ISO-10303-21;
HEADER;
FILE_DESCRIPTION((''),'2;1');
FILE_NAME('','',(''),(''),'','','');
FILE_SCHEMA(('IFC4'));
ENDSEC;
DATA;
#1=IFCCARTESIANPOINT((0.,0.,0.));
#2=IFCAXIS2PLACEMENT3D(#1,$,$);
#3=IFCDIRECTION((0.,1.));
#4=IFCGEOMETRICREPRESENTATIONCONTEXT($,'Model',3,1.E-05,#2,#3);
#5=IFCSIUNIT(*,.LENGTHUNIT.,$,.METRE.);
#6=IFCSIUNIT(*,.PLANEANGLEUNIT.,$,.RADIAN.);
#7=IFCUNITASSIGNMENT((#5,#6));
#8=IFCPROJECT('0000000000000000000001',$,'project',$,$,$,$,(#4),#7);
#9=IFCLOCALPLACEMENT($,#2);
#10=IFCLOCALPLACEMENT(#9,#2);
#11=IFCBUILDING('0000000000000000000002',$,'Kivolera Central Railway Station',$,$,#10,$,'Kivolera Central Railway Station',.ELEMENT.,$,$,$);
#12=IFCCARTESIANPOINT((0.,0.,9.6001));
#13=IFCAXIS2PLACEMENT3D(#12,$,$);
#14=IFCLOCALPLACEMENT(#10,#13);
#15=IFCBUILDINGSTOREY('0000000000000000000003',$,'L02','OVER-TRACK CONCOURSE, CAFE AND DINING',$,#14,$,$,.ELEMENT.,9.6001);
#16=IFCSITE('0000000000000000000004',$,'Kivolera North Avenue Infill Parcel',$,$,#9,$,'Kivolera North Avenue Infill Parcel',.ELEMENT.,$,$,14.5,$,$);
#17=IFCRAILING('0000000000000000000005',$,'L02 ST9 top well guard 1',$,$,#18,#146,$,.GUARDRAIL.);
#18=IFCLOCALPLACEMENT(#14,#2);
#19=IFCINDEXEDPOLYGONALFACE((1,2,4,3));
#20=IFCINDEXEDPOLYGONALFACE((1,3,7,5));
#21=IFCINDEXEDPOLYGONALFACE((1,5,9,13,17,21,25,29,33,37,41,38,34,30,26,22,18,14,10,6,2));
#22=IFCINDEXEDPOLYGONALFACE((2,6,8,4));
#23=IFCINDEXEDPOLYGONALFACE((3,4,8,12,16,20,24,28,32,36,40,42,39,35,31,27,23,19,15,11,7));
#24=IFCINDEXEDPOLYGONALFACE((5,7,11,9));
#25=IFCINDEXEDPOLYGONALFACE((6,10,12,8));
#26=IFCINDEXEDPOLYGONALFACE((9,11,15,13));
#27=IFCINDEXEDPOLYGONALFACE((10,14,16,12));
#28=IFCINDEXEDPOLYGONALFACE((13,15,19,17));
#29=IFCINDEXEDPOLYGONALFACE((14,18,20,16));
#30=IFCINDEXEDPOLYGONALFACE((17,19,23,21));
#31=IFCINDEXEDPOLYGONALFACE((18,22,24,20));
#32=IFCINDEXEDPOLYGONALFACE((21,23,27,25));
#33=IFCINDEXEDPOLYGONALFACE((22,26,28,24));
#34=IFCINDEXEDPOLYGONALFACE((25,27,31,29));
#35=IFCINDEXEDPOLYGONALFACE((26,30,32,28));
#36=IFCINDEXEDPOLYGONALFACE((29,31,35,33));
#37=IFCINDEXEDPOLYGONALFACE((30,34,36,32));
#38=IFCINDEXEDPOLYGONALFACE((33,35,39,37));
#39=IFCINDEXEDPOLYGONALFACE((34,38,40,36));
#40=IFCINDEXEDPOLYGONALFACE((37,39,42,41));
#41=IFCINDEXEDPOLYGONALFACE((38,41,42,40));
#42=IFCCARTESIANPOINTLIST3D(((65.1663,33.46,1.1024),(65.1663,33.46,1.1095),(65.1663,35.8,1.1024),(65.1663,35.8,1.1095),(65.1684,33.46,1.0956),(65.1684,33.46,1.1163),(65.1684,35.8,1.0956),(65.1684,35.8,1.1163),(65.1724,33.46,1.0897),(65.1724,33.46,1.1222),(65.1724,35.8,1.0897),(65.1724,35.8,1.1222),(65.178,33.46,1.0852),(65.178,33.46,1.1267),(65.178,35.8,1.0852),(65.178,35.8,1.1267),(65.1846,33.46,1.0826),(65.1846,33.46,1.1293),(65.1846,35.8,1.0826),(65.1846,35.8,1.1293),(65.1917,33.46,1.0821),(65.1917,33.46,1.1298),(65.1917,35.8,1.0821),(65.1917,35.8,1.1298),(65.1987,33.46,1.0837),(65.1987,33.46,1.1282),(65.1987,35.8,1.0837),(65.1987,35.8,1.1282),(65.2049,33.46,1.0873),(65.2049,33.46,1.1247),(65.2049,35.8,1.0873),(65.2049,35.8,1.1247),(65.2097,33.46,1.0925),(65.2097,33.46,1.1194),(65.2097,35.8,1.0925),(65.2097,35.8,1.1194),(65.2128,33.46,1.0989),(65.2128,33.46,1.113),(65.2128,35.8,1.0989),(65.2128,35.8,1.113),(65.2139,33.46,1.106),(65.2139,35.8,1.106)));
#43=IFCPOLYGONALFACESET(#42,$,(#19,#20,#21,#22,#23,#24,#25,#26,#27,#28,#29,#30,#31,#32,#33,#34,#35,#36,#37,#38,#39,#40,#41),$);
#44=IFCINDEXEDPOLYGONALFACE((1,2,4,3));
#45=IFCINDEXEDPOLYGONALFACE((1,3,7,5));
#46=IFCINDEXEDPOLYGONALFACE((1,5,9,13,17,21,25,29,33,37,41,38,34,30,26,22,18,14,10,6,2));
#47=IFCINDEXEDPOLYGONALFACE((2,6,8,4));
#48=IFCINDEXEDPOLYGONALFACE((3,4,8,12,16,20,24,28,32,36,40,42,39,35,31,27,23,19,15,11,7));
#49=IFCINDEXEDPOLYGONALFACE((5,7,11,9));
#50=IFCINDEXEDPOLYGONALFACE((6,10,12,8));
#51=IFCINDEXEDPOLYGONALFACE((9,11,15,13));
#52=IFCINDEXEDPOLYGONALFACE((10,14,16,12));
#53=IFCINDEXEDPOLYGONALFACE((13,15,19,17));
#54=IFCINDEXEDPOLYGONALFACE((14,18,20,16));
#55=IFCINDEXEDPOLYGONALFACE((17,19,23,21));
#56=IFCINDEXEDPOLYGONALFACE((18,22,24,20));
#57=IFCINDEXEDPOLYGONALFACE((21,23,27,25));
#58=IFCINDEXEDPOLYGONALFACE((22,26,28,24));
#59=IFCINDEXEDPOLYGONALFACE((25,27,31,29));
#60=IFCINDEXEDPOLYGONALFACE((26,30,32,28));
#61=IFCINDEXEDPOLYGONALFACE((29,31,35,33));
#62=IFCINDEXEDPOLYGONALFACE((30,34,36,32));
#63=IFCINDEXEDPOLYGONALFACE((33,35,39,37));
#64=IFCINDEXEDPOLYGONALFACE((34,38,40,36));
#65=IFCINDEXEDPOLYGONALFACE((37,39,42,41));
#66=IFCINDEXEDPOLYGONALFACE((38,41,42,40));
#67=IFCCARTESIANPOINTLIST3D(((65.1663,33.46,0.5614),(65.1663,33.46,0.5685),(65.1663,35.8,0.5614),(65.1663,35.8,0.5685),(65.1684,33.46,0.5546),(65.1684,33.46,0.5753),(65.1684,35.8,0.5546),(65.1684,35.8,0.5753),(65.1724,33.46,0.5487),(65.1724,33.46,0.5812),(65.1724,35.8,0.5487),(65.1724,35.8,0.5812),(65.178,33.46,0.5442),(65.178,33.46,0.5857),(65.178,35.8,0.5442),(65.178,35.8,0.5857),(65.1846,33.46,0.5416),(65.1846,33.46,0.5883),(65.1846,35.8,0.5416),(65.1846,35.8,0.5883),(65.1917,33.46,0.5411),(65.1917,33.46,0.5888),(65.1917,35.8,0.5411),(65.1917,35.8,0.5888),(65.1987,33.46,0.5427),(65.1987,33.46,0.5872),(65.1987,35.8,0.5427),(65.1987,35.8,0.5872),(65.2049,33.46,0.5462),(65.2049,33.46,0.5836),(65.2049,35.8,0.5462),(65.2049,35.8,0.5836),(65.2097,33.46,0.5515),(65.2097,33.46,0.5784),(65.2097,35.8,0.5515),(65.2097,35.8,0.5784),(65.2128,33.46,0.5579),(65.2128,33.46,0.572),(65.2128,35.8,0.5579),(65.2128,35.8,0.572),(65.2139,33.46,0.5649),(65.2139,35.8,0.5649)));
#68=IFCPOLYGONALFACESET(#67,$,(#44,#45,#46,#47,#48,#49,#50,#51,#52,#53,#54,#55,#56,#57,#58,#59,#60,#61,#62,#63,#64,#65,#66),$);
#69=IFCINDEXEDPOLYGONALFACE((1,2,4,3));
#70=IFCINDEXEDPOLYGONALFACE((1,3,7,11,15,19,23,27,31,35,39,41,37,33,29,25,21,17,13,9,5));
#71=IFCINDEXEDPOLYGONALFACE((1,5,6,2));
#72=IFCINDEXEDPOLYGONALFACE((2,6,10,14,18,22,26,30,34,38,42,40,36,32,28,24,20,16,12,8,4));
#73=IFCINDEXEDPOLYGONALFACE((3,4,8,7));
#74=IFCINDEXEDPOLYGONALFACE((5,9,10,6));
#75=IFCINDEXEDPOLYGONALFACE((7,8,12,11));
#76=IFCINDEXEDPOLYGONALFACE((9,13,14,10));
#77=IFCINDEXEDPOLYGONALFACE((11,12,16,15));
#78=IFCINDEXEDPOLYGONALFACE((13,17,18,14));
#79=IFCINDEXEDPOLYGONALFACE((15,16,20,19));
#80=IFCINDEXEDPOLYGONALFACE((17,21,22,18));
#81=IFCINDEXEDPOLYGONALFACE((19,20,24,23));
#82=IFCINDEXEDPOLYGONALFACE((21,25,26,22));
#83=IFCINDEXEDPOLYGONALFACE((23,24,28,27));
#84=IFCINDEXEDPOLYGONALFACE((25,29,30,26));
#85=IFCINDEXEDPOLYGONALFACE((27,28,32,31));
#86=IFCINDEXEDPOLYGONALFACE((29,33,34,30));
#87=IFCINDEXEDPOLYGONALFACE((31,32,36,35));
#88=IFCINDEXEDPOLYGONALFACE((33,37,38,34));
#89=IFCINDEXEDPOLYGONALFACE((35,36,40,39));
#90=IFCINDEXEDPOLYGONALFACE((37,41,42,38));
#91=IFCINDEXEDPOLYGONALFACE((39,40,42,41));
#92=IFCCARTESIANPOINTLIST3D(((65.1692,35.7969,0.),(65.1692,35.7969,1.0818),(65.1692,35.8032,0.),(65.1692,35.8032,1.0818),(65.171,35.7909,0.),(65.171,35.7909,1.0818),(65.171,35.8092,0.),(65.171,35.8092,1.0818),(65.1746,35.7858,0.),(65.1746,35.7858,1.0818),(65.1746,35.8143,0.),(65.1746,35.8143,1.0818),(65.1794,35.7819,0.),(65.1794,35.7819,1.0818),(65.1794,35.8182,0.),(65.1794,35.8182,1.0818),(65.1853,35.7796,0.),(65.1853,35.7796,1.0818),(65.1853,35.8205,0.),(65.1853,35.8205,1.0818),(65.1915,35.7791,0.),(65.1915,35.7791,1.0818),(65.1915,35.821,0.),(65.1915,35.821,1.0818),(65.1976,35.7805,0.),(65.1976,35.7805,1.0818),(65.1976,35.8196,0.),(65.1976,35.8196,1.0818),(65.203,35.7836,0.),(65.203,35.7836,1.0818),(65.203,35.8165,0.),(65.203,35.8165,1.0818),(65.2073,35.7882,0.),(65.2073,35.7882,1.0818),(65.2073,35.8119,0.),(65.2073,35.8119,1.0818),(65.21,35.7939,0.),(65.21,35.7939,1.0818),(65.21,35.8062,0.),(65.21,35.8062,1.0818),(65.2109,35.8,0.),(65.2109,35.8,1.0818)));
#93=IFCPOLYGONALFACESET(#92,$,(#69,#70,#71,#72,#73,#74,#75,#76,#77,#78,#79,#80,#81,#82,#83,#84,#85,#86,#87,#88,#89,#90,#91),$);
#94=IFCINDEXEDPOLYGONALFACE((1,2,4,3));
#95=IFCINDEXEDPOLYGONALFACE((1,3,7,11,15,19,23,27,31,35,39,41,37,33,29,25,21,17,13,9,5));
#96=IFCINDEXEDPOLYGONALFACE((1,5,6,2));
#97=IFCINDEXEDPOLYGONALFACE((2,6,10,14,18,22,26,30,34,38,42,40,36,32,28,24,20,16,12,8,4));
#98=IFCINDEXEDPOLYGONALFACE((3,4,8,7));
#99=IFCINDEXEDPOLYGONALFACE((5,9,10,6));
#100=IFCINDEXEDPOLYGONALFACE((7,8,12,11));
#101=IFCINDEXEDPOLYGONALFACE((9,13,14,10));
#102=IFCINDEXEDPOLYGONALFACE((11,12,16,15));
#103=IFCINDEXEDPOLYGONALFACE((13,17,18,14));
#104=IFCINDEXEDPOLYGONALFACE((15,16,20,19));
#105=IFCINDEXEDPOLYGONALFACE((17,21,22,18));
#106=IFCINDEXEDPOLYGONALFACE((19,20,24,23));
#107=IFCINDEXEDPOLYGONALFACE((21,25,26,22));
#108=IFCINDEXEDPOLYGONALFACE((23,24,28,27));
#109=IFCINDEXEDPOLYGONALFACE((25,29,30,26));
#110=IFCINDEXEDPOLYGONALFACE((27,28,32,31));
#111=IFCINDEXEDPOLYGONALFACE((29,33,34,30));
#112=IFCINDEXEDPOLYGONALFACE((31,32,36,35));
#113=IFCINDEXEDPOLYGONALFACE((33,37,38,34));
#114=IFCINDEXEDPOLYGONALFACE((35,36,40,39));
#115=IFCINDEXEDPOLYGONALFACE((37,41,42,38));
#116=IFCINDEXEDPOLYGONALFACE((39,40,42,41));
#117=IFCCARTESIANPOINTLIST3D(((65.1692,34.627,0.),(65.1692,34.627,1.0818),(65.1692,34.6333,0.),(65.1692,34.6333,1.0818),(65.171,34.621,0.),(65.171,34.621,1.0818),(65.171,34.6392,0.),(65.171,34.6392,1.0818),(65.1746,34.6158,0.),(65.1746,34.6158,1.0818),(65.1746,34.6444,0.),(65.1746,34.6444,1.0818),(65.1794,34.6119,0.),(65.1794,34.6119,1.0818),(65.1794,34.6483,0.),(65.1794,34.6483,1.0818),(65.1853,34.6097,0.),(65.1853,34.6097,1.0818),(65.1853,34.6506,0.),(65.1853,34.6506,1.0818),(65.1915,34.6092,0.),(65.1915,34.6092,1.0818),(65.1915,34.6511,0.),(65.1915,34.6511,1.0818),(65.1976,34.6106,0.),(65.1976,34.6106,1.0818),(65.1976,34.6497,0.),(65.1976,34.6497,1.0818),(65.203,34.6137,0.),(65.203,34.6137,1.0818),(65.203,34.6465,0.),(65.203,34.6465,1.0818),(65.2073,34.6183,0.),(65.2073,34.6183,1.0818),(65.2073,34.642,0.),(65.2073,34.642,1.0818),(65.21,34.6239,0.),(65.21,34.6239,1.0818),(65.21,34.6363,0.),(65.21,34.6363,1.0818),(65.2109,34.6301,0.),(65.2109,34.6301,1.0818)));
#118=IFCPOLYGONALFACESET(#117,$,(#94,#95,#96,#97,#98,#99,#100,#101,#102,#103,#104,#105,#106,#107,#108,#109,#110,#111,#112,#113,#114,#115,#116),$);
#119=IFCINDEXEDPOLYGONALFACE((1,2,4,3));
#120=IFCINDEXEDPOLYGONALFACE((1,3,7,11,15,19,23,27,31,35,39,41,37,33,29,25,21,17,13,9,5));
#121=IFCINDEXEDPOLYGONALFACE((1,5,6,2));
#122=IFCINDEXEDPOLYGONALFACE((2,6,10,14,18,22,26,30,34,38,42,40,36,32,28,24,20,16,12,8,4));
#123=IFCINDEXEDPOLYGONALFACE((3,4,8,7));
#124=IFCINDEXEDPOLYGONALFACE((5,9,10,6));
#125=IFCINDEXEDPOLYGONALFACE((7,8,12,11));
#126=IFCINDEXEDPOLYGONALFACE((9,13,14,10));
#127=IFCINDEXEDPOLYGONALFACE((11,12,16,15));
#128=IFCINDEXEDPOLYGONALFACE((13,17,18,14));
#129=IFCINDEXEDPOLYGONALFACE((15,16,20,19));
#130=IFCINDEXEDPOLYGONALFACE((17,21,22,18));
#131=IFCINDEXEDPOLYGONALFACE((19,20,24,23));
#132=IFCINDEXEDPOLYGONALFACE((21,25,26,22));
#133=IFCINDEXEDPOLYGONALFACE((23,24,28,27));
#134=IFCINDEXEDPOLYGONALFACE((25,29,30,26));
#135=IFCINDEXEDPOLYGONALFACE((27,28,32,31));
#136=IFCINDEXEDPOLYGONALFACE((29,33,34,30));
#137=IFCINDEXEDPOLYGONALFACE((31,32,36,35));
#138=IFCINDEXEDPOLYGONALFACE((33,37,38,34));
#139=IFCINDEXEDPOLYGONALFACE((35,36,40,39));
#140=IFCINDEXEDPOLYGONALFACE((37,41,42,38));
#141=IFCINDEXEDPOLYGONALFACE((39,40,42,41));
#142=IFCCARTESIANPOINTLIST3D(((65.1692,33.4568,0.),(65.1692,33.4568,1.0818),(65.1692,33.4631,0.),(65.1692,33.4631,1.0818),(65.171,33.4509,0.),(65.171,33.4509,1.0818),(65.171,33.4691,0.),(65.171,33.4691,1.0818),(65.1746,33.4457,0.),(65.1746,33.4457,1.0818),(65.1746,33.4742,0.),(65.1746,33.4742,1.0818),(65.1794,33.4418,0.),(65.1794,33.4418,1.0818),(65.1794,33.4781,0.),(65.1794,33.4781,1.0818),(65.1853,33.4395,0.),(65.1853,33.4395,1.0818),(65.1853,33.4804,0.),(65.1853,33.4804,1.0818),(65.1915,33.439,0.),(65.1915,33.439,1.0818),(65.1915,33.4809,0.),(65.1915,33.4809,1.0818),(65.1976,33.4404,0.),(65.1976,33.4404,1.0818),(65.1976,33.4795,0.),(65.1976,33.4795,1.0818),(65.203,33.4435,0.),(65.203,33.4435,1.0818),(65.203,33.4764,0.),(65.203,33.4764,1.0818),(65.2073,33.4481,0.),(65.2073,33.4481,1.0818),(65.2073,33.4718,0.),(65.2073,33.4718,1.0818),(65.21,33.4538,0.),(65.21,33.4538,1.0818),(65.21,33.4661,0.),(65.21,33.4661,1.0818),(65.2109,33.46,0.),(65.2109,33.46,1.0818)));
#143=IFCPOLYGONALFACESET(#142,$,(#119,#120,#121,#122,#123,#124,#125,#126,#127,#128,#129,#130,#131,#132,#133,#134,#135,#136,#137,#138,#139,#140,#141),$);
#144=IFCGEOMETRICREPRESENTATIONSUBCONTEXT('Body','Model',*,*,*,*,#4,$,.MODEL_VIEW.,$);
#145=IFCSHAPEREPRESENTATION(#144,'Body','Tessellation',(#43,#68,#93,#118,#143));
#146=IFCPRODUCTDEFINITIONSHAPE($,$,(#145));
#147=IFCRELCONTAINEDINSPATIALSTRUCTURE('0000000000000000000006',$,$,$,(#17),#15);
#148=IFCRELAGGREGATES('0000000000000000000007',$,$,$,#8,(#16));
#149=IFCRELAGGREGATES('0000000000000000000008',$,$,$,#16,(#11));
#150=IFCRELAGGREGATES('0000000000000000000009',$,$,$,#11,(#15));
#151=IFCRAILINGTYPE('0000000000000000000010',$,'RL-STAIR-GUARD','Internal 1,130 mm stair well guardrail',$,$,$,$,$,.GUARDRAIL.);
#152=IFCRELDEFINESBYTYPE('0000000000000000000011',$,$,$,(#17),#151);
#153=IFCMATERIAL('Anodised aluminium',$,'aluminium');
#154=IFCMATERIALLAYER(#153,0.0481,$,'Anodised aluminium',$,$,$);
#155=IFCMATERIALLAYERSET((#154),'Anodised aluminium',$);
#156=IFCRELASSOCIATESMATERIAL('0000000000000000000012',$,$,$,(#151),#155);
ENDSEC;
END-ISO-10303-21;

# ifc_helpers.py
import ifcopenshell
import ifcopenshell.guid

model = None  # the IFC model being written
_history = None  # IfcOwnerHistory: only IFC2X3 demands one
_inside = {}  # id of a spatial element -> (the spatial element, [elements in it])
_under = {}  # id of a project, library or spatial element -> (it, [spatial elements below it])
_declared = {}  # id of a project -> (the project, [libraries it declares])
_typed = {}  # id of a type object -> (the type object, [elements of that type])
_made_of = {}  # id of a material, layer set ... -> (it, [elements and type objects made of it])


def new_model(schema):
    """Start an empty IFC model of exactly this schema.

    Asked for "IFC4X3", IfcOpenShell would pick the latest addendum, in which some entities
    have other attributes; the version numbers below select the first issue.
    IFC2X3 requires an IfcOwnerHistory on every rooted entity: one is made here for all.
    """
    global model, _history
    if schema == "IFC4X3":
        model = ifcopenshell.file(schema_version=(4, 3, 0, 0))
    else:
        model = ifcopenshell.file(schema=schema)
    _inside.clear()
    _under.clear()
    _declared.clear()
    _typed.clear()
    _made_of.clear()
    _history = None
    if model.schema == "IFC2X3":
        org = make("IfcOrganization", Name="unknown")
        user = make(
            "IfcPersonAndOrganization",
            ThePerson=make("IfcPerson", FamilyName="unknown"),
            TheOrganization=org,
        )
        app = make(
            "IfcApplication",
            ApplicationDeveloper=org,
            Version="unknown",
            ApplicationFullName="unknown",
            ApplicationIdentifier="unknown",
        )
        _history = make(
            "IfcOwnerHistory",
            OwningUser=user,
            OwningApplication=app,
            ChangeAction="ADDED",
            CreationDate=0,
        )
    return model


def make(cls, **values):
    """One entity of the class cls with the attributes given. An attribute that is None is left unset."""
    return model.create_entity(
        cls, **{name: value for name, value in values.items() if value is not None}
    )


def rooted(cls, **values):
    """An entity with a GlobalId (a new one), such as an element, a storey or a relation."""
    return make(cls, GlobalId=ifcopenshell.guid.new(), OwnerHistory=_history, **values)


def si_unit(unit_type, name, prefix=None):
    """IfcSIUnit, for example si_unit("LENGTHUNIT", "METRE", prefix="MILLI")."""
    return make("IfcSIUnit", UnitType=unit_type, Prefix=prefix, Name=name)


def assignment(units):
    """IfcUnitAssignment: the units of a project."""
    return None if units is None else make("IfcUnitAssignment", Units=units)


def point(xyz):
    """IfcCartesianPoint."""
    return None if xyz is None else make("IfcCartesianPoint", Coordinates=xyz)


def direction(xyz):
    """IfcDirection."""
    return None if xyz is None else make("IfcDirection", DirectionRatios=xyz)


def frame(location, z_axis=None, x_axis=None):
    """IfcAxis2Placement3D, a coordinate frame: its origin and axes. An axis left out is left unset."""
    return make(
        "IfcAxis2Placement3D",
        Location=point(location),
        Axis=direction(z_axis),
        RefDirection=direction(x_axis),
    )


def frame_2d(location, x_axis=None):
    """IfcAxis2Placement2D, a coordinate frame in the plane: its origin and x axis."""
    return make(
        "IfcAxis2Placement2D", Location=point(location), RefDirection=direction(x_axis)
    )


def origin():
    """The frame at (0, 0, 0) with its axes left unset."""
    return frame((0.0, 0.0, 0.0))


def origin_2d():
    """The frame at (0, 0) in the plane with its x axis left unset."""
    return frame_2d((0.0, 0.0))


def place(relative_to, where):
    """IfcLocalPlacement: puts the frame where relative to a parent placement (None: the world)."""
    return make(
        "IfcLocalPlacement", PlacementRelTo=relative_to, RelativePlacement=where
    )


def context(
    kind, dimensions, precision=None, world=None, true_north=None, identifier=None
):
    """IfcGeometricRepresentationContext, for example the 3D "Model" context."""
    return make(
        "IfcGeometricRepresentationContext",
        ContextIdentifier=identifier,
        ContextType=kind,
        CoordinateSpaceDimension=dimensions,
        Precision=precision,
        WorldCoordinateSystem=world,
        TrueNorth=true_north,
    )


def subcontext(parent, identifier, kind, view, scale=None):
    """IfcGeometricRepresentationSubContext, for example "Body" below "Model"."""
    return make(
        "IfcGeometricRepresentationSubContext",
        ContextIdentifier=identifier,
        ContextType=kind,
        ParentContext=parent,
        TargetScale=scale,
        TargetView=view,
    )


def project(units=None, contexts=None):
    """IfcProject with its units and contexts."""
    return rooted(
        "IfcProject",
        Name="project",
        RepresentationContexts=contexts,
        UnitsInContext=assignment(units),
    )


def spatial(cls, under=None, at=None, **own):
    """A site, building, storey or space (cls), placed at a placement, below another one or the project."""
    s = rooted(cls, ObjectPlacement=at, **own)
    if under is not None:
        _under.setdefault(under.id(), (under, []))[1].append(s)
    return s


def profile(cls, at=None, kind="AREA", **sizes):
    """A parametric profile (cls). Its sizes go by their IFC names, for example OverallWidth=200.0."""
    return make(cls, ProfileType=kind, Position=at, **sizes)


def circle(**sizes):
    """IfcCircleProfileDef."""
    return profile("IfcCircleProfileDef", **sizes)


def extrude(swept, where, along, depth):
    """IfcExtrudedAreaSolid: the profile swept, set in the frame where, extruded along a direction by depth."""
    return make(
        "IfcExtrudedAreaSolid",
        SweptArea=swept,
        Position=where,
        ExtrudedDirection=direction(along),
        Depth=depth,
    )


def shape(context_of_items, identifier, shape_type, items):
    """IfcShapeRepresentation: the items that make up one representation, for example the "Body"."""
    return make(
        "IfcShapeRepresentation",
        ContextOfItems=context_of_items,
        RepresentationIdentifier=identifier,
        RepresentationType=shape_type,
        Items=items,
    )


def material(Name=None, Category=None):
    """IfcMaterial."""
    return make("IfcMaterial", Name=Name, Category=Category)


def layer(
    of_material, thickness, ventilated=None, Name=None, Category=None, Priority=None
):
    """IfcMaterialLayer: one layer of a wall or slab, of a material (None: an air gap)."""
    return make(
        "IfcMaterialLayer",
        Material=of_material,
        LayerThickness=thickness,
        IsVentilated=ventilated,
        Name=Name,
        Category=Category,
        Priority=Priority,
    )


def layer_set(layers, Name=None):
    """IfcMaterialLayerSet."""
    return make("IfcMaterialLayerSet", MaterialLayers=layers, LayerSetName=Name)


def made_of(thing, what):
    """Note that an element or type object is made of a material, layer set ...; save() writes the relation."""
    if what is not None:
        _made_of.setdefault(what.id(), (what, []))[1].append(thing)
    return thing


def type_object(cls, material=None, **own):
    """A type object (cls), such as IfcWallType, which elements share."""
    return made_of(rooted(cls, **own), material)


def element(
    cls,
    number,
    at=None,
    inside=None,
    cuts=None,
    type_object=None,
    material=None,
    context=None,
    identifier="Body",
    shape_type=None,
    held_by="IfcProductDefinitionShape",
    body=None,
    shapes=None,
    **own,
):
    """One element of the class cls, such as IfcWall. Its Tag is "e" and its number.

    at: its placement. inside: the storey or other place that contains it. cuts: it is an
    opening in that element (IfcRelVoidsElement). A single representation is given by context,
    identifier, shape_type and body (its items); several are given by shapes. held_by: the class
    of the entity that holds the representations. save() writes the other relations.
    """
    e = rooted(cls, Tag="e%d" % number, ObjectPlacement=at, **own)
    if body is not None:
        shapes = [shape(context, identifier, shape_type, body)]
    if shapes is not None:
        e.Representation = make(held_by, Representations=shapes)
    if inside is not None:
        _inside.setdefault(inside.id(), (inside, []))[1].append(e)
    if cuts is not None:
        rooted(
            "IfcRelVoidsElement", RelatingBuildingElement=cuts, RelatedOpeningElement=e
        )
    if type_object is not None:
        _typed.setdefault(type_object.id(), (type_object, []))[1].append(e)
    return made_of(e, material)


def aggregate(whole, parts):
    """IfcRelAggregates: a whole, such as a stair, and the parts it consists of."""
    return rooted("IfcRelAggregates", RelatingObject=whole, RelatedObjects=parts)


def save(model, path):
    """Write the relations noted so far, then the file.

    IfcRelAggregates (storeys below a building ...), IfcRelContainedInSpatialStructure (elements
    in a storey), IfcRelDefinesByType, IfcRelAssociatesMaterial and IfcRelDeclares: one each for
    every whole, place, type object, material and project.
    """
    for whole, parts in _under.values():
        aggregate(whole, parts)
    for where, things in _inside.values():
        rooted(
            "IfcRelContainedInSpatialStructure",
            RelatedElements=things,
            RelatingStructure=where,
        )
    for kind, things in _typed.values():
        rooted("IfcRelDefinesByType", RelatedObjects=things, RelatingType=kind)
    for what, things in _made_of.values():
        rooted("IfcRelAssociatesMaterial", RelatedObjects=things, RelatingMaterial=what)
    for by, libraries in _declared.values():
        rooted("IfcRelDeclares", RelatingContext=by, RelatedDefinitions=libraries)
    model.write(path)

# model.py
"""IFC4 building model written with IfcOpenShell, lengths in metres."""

from ifc_helpers import new_model, si_unit, direction, frame, origin, origin_2d, place, context, subcontext, project, spatial, circle, extrude, material, layer, layer_set, type_object, element, save


model = new_model("IFC4")

# Units and contexts
model_context = context("Model", 3, precision=1e-05, world=origin(), true_north=direction((0.0, 1.0)))
body_context = subcontext(model_context, "Body", "Model", "MODEL_VIEW")
ifc_project = project(units=[si_unit("LENGTHUNIT", "METRE"), si_unit("PLANEANGLEUNIT", "RADIAN")], contexts=[model_context])

# Site, building, storey
site_placement = place(None, origin())
site = spatial("IfcSite", under=ifc_project, at=site_placement, Name="Kivolera North Avenue Infill Parcel", LongName="Kivolera North Avenue Infill Parcel", CompositionType="ELEMENT", RefElevation=14.5)
building_placement = place(site_placement, origin())
building = spatial("IfcBuilding", under=site, at=building_placement, Name="Kivolera Central Railway Station", LongName="Kivolera Central Railway Station", CompositionType="ELEMENT")
storey_placement = place(building_placement, frame((0.0, 0.0, 9.6001)))
storey = spatial("IfcBuildingStorey", under=building, at=storey_placement, Name="L02", Description="OVER-TRACK CONCOURSE, CAFE AND DINING", CompositionType="ELEMENT", Elevation=9.6001)

# Shared definitions
ifc_material_1 = material(Name="Anodised aluminium", Category="aluminium")

# Railing
ifc_layer_1 = layer(ifc_material_1, 0.0481, Name="Anodised aluminium")
ifc_layer_set_1 = layer_set([ifc_layer_1], Name="Anodised aluminium")
railing_type = type_object("IfcRailingType", Name="RL-STAIR-GUARD", Description="Internal 1,130 mm stair well guardrail", PredefinedType="GUARDRAIL", material=ifc_layer_set_1)
for number, where, name in (
    (1, (65.1899, 35.8, 0.0), "L02 ST9 top well guard 1"),
):
    element("IfcRailing", number, at=place(storey_placement, frame(where)), inside=storey, type_object=railing_type, Name=name, PredefinedType="GUARDRAIL", context=body_context, shape_type="SweptSolid", body=[
        extrude(circle(Radius=0.0239, at=origin_2d()), frame((0.0, 0.0, 1.106), z_axis=(0.0, -1.0, 0.0), x_axis=(1.0, 0.0, 0.0)), (0.0, 0.0, 1.0), 2.3401),
        extrude(circle(Radius=0.0239, at=origin_2d()), frame((0.0, 0.0, 0.5649), z_axis=(0.0, -1.0, 0.0), x_axis=(1.0, 0.0, 0.0)), (0.0, 0.0, 1.0), 2.3401),
        extrude(circle(Radius=0.021, at=origin_2d()), origin(), (0.0, 0.0, 1.0), 1.0818),
        extrude(circle(Radius=0.021, at=origin_2d()), frame((0.0, -1.1699, 0.0)), (0.0, 0.0, 1.0), 1.0818),
        extrude(circle(Radius=0.021, at=origin_2d()), frame((0.0, -2.3401, 0.0)), (0.0, 0.0, 1.0), 1.0818),
    ])

save(model, "model.ifc")
